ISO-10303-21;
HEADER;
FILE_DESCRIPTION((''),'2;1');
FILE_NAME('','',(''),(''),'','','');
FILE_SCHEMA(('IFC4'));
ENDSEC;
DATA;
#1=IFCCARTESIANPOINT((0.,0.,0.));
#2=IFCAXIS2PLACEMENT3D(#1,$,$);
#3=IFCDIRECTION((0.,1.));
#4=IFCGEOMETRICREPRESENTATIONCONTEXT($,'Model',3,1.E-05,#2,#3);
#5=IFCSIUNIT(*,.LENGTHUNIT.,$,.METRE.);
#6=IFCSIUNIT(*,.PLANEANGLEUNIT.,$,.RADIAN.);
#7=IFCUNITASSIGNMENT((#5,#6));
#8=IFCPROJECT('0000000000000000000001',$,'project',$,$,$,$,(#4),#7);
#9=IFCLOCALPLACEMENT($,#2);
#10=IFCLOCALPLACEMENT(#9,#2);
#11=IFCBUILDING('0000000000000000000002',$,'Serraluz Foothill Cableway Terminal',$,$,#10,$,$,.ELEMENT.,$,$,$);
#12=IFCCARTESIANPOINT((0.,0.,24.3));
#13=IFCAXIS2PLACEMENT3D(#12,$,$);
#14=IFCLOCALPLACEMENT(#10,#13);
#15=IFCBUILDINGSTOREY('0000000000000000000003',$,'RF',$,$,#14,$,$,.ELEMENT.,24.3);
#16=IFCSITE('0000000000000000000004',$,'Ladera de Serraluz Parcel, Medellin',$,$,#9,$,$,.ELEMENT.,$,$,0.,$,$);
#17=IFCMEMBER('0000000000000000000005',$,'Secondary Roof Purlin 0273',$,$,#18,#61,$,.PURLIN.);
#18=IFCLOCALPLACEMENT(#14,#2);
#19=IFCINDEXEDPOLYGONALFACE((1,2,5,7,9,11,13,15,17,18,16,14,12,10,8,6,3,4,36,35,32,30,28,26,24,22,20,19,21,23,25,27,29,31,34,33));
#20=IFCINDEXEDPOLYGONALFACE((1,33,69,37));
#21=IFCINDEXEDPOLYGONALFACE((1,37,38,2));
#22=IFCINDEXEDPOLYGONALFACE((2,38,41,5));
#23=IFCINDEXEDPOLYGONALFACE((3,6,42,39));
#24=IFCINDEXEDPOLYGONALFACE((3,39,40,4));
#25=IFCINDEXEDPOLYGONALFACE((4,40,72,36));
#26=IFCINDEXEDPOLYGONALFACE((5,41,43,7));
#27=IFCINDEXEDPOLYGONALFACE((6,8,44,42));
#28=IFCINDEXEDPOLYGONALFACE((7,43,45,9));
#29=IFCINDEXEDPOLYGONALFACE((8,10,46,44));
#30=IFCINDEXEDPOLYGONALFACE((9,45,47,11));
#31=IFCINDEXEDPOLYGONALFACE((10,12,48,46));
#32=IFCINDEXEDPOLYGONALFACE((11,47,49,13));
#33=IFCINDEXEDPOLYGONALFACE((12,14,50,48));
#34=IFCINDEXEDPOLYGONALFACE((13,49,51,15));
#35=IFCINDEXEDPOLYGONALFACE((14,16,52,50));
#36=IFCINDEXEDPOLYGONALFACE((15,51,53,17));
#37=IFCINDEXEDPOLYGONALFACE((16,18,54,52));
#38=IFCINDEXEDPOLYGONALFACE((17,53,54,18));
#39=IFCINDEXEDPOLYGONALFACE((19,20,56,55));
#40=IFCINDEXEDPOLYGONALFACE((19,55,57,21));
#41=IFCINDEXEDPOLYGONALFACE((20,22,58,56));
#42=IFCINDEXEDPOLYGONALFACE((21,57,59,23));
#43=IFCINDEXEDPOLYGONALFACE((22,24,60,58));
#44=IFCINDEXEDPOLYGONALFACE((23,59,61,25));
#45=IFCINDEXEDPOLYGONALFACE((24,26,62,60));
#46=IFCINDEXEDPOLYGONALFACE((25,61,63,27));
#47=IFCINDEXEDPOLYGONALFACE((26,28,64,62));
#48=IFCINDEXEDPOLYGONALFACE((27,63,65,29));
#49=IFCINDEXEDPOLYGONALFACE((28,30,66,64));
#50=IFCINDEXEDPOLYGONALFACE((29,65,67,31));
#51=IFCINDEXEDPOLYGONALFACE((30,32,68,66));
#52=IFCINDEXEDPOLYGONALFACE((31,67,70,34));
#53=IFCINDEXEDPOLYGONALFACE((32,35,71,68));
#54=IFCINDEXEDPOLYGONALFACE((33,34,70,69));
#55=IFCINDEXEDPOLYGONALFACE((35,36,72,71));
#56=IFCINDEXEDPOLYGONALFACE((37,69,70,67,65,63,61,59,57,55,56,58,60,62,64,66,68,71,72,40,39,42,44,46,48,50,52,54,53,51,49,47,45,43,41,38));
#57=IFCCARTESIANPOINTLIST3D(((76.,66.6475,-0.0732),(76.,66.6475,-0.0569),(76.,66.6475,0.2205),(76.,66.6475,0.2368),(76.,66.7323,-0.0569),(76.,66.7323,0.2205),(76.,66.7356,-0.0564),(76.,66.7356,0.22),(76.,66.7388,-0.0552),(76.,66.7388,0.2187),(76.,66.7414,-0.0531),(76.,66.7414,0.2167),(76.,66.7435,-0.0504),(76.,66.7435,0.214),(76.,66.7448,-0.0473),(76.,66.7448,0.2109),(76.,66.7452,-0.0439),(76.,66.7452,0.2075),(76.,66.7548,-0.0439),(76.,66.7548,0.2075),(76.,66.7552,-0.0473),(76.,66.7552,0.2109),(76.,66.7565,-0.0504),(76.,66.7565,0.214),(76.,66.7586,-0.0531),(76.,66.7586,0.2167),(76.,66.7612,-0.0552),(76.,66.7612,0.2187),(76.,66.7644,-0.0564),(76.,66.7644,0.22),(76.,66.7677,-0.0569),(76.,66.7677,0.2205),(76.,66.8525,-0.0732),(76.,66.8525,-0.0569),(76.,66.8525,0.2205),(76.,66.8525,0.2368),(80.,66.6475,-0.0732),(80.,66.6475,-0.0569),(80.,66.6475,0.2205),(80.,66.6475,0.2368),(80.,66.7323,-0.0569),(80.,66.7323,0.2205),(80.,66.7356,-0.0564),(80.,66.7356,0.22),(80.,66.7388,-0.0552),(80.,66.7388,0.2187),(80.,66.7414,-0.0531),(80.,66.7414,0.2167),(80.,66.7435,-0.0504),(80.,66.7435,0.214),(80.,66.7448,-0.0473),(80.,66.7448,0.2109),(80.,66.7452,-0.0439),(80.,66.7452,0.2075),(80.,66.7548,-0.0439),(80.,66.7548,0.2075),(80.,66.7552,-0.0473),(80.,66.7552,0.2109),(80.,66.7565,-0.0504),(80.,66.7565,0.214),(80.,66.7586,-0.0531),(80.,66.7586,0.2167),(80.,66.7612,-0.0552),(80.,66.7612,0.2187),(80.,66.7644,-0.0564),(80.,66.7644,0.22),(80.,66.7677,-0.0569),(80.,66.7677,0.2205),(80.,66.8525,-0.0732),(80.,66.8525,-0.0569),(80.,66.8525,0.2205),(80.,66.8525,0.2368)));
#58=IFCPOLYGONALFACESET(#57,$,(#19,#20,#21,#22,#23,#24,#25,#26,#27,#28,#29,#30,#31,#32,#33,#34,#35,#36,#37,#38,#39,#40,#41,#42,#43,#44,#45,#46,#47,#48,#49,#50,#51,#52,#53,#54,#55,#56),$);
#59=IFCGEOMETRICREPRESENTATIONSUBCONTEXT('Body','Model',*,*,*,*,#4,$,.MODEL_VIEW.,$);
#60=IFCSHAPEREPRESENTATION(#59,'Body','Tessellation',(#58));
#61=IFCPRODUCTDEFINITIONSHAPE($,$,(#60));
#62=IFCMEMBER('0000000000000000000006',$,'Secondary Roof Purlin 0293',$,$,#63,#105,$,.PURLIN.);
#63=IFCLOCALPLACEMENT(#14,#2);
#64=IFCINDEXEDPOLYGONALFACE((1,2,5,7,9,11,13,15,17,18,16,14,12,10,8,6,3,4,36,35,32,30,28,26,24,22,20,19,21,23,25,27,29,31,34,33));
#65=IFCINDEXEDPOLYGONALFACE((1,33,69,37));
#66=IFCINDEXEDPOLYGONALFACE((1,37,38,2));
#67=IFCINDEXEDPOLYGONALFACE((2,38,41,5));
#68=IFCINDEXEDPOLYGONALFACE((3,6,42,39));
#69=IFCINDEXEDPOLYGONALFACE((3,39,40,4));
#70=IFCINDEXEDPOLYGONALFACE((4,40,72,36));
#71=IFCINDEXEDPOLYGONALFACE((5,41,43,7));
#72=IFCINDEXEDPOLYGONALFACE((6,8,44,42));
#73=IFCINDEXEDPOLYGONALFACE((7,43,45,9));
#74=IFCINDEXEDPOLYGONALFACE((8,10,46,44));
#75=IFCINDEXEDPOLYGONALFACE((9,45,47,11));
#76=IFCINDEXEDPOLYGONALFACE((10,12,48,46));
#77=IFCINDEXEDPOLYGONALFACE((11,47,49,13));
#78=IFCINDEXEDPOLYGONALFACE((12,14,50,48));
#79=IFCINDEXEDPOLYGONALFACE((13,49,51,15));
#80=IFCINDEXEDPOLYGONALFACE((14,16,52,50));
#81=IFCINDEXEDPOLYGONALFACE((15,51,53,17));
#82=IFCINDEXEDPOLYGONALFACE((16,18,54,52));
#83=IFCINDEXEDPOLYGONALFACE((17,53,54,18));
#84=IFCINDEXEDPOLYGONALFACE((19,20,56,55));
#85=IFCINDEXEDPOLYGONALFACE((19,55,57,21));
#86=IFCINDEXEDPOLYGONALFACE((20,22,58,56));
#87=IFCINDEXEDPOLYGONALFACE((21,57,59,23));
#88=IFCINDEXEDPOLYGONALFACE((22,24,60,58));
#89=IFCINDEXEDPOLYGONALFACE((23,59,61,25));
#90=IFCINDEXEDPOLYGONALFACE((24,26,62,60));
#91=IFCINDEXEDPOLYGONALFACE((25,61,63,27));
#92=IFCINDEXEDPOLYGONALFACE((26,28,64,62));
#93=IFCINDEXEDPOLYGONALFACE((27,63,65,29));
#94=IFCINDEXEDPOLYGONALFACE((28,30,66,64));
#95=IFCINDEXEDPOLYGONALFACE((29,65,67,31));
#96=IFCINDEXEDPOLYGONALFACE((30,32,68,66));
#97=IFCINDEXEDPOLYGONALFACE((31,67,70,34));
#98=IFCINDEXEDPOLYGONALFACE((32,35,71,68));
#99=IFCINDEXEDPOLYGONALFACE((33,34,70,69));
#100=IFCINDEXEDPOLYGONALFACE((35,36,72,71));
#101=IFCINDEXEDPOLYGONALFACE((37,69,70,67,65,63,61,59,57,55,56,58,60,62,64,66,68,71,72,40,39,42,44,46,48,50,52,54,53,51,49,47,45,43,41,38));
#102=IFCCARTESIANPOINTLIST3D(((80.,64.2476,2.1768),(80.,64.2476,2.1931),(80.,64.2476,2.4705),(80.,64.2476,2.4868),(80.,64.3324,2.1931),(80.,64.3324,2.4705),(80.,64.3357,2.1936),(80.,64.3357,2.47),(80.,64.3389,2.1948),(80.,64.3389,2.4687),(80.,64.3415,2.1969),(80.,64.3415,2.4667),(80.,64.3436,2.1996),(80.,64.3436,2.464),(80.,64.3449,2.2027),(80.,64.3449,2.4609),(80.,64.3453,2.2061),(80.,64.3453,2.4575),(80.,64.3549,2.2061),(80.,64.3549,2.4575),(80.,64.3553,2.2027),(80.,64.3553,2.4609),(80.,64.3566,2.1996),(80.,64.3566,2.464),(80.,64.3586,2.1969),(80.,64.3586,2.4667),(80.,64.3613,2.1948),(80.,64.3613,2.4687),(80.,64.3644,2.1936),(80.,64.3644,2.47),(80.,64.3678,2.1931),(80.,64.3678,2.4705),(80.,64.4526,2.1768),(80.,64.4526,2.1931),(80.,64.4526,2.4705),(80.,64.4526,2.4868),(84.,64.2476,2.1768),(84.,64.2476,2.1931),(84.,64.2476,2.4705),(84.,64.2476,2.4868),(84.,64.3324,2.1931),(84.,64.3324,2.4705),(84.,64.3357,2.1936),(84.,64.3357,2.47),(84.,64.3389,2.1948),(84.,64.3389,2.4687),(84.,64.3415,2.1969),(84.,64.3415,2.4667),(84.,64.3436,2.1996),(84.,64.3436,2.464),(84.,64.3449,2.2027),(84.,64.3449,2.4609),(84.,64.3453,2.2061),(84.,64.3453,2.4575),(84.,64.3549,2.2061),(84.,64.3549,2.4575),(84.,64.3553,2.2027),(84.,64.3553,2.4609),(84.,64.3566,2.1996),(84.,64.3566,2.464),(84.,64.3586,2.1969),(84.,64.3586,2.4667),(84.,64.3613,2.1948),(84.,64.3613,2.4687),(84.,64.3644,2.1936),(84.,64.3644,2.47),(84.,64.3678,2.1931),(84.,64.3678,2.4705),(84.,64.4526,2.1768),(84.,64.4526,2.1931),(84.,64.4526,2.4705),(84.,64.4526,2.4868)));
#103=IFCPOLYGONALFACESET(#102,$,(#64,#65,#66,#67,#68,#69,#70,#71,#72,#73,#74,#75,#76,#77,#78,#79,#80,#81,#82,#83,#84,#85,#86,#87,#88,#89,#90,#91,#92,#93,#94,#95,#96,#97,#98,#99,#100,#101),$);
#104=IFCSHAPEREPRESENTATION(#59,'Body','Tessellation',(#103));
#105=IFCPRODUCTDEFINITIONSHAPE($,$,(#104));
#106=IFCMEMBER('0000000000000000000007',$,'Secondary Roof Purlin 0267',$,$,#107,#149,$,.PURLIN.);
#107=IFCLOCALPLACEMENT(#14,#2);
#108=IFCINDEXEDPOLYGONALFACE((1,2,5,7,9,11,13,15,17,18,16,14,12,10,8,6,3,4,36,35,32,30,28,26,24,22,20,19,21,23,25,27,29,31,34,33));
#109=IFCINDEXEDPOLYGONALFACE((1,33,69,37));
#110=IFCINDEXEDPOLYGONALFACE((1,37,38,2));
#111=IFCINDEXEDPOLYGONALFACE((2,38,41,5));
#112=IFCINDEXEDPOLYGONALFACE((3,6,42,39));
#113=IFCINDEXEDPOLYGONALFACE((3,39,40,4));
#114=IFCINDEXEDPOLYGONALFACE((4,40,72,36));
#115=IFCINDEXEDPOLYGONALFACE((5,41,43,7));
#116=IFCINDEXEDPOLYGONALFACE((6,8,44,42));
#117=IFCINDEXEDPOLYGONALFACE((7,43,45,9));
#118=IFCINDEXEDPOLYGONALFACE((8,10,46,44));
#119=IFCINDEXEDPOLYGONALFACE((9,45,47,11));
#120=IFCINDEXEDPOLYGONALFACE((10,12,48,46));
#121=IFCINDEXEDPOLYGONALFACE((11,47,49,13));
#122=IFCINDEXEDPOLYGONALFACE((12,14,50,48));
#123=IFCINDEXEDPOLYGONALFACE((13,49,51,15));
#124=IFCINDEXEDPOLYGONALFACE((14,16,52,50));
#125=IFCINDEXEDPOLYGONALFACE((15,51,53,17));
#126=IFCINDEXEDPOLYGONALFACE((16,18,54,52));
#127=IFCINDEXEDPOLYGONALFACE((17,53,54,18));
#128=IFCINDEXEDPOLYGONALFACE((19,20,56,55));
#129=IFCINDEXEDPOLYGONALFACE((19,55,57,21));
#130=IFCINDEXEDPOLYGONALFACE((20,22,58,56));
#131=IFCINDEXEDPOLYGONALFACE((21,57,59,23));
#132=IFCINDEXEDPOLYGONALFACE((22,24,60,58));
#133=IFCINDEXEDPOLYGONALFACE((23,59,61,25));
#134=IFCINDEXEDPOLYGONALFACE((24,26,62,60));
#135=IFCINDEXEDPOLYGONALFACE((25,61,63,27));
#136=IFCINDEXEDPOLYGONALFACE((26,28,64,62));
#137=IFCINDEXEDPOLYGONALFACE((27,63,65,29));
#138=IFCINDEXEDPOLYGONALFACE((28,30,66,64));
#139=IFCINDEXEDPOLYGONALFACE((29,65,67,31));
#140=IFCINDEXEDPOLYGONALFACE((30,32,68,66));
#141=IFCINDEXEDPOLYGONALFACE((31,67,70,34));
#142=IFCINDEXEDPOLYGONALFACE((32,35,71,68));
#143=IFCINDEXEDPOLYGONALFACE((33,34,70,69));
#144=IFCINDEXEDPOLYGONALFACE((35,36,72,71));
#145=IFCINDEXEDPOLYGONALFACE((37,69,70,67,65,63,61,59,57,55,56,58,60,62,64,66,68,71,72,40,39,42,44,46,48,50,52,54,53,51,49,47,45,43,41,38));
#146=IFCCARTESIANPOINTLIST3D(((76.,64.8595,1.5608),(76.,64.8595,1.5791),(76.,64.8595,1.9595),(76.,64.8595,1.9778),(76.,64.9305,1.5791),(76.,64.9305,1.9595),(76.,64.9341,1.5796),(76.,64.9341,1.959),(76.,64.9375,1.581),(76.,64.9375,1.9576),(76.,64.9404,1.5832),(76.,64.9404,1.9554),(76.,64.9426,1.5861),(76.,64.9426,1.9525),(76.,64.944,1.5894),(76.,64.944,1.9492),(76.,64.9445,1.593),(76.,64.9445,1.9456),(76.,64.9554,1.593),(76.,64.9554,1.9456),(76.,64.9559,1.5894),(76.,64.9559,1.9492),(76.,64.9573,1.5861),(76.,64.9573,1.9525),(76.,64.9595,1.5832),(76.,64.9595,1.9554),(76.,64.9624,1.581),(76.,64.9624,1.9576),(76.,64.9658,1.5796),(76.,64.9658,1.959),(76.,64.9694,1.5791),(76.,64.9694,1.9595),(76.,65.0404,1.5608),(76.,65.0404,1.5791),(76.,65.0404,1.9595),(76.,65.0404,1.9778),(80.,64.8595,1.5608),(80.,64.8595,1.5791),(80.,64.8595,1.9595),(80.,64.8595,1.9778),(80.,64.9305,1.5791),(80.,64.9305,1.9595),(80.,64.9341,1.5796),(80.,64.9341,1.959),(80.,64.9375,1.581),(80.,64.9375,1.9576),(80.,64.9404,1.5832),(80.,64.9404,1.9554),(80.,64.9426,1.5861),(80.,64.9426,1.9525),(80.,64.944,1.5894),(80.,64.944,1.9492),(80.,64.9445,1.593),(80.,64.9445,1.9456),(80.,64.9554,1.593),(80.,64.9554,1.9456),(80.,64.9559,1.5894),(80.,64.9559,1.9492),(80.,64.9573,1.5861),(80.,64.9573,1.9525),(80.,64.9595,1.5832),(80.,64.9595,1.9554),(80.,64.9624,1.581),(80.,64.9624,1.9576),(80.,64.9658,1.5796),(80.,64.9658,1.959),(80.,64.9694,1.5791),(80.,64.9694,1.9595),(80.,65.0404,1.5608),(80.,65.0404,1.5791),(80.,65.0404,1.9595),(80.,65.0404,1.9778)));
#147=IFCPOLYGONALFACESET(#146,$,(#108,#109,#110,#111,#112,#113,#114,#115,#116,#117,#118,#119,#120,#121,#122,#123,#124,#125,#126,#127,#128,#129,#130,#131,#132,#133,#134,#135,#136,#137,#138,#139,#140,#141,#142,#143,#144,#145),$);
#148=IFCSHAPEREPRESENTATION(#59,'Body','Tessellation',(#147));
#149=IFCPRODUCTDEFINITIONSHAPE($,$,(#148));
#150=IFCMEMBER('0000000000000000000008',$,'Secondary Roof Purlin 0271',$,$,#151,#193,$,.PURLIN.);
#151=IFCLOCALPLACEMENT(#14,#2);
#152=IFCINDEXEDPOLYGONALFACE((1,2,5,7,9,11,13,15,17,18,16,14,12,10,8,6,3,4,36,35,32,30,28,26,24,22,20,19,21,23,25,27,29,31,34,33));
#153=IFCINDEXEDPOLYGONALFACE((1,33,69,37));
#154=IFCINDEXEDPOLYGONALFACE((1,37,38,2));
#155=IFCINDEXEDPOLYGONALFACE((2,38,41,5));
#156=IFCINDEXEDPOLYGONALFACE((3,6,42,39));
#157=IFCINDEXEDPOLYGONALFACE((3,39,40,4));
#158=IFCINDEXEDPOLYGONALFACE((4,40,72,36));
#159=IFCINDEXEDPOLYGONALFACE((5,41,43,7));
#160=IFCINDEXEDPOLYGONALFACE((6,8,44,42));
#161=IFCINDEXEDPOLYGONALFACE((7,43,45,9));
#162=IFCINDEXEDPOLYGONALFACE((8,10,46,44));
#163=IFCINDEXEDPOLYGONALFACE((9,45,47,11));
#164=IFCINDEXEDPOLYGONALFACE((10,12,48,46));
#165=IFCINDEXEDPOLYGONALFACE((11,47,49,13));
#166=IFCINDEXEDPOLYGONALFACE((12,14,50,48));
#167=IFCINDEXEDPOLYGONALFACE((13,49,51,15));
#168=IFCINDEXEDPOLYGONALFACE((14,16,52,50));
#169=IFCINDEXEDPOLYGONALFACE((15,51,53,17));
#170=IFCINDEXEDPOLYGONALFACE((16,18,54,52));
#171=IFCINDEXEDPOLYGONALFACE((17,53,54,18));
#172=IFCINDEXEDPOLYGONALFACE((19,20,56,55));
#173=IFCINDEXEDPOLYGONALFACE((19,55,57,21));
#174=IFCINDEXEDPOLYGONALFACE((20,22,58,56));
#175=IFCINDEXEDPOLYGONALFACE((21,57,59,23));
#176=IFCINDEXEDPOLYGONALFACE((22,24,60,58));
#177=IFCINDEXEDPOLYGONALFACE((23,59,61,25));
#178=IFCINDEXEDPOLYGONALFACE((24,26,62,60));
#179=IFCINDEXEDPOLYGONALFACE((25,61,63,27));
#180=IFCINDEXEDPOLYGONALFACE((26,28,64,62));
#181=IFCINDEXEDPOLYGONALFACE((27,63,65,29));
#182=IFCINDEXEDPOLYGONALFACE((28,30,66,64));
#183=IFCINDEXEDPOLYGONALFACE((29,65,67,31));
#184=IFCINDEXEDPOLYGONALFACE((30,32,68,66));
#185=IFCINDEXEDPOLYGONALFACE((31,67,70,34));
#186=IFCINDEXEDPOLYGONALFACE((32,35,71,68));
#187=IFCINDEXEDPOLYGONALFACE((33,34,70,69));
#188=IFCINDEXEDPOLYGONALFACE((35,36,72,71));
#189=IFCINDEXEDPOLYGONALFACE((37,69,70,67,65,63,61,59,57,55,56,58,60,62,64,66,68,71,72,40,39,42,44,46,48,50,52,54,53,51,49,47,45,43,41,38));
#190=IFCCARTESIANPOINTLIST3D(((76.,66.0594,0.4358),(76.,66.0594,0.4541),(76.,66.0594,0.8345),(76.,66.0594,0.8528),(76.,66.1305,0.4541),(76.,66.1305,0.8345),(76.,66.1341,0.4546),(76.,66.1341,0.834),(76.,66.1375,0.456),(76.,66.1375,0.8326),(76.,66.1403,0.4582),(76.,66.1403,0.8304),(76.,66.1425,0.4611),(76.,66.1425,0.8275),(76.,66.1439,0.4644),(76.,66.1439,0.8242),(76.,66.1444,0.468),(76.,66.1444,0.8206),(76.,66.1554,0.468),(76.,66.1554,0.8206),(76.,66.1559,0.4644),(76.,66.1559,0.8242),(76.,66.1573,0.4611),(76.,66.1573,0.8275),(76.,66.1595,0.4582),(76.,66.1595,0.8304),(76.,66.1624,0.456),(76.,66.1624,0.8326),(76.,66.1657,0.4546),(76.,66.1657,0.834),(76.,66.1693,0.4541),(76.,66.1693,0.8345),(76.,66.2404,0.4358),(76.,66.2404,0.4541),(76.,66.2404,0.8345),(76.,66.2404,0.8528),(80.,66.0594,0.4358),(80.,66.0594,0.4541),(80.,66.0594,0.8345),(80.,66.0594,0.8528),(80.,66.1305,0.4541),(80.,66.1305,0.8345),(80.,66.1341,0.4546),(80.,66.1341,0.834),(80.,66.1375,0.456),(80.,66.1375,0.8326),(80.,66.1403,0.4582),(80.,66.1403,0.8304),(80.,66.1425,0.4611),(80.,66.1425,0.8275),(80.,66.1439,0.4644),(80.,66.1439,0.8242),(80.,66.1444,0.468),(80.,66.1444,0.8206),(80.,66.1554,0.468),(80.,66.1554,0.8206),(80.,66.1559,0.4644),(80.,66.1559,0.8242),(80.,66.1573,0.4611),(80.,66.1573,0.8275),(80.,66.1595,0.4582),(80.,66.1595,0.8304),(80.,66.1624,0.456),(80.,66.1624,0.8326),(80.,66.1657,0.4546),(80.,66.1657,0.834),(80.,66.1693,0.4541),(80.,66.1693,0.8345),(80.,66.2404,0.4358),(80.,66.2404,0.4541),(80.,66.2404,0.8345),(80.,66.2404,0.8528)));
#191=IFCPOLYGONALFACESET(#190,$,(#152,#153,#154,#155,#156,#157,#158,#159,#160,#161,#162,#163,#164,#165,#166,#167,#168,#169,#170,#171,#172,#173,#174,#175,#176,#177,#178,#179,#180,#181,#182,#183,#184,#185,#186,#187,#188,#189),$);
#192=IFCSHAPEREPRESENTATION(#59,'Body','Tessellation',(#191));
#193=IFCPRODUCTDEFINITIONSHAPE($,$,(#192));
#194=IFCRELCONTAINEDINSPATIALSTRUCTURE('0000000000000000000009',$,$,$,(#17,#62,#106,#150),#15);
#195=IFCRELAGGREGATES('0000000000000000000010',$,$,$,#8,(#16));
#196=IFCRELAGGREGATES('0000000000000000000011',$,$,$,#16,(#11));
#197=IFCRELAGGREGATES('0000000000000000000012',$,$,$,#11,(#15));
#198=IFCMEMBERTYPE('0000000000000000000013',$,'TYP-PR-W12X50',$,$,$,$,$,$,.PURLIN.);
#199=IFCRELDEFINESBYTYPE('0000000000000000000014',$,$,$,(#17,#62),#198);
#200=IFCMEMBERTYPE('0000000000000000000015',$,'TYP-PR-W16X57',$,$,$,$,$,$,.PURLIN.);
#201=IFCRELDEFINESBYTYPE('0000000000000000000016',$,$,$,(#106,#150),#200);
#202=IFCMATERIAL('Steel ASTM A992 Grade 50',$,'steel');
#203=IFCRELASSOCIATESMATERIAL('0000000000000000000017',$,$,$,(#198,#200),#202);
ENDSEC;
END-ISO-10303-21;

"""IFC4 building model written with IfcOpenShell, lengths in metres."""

from ifc_helpers import new_model, si_unit, direction, frame, origin, origin_2d, place, context, subcontext, project, spatial, i_section, extrude, material, material_profile, profile_set, type_object, element, save


model = new_model("IFC4")

# Units and contexts
model_context = context("Model", 3, precision=1e-05, world=origin(), true_north=direction((0.0, 1.0)))
body_context = subcontext(model_context, "Body", "Model", "MODEL_VIEW")
ifc_project = project(units=[si_unit("LENGTHUNIT", "METRE"), si_unit("PLANEANGLEUNIT", "RADIAN")], contexts=[model_context])

# Site, building, storey
site_placement = place(None, origin())
site = spatial("IfcSite", under=ifc_project, at=site_placement, Name="Ladera de Serraluz Parcel, Medellin", CompositionType="ELEMENT", RefElevation=0.0)
building_placement = place(site_placement, origin())
building = spatial("IfcBuilding", under=site, at=building_placement, Name="Serraluz Foothill Cableway Terminal", CompositionType="ELEMENT")
storey_placement = place(building_placement, frame((0.0, 0.0, 24.3)))
storey = spatial("IfcBuildingStorey", under=building, at=storey_placement, Name="RF", CompositionType="ELEMENT", Elevation=24.3)

# Members
ifc_material_1 = material(Name="Steel ASTM A992 Grade 50", Category="steel")
ifc_material_profile_1 = material_profile(ifc_material_1, i_section(OverallWidth=0.2051, OverallDepth=0.3101, WebThickness=0.0095, FlangeThickness=0.0164, FilletRadius=0.0129, at=origin_2d()), Name="W12X50")
ifc_profile_set_1 = profile_set([ifc_material_profile_1], Name="Steel ASTM A992 Grade 50")
member_type_1 = type_object("IfcMemberType", Name="TYP-PR-W12X50", PredefinedType="PURLIN", material=ifc_profile_set_1)
for number, where, z_axis, x_axis, name in (
    (1, (76.0, 66.75, 0.0818), (1.0, 0.0, 0.0), (0.0, 1.0, 0.0), "Secondary Roof Purlin 0273"),
    (2, (80.0, 64.3501, 2.3318), (1.0, 0.0, 0.0), (0.0, 1.0, 0.0), "Secondary Roof Purlin 0293"),
):
    element("IfcMember", number, at=place(storey_placement, frame(where, z_axis=z_axis, x_axis=x_axis)), inside=storey, type_object=member_type_1, Name=name, PredefinedType="PURLIN", context=body_context, shape_type="SweptSolid", body=[
        extrude(i_section(OverallWidth=0.2051, OverallDepth=0.3101, WebThickness=0.0095, FlangeThickness=0.0164, FilletRadius=0.0129, at=origin_2d()), origin(), (0.0, 0.0, 1.0), 4.0),
    ])
ifc_material_profile_2 = material_profile(ifc_material_1, i_section(OverallWidth=0.1809, OverallDepth=0.417, WebThickness=0.011, FlangeThickness=0.0183, FilletRadius=0.0139, at=origin_2d()), Name="W16X57")
ifc_profile_set_2 = profile_set([ifc_material_profile_2], Name="Steel ASTM A992 Grade 50")
member_type_2 = type_object("IfcMemberType", Name="TYP-PR-W16X57", PredefinedType="PURLIN", material=ifc_profile_set_2)
for number, where, z_axis, x_axis, name in (
    (3, (76.0, 64.95, 1.7693), (1.0, 0.0, 0.0), (0.0, 1.0, 0.0), "Secondary Roof Purlin 0267"),
    (4, (76.0, 66.1499, 0.6443), (1.0, 0.0, 0.0), (0.0, 1.0, 0.0), "Secondary Roof Purlin 0271"),
):
    element("IfcMember", number, at=place(storey_placement, frame(where, z_axis=z_axis, x_axis=x_axis)), inside=storey, type_object=member_type_2, Name=name, PredefinedType="PURLIN", context=body_context, shape_type="SweptSolid", body=[
        extrude(i_section(OverallWidth=0.1809, OverallDepth=0.417, WebThickness=0.011, FlangeThickness=0.0183, FilletRadius=0.0139, at=origin_2d()), origin(), (0.0, 0.0, 1.0), 4.0),
    ])

save(model, "model.ifc")
